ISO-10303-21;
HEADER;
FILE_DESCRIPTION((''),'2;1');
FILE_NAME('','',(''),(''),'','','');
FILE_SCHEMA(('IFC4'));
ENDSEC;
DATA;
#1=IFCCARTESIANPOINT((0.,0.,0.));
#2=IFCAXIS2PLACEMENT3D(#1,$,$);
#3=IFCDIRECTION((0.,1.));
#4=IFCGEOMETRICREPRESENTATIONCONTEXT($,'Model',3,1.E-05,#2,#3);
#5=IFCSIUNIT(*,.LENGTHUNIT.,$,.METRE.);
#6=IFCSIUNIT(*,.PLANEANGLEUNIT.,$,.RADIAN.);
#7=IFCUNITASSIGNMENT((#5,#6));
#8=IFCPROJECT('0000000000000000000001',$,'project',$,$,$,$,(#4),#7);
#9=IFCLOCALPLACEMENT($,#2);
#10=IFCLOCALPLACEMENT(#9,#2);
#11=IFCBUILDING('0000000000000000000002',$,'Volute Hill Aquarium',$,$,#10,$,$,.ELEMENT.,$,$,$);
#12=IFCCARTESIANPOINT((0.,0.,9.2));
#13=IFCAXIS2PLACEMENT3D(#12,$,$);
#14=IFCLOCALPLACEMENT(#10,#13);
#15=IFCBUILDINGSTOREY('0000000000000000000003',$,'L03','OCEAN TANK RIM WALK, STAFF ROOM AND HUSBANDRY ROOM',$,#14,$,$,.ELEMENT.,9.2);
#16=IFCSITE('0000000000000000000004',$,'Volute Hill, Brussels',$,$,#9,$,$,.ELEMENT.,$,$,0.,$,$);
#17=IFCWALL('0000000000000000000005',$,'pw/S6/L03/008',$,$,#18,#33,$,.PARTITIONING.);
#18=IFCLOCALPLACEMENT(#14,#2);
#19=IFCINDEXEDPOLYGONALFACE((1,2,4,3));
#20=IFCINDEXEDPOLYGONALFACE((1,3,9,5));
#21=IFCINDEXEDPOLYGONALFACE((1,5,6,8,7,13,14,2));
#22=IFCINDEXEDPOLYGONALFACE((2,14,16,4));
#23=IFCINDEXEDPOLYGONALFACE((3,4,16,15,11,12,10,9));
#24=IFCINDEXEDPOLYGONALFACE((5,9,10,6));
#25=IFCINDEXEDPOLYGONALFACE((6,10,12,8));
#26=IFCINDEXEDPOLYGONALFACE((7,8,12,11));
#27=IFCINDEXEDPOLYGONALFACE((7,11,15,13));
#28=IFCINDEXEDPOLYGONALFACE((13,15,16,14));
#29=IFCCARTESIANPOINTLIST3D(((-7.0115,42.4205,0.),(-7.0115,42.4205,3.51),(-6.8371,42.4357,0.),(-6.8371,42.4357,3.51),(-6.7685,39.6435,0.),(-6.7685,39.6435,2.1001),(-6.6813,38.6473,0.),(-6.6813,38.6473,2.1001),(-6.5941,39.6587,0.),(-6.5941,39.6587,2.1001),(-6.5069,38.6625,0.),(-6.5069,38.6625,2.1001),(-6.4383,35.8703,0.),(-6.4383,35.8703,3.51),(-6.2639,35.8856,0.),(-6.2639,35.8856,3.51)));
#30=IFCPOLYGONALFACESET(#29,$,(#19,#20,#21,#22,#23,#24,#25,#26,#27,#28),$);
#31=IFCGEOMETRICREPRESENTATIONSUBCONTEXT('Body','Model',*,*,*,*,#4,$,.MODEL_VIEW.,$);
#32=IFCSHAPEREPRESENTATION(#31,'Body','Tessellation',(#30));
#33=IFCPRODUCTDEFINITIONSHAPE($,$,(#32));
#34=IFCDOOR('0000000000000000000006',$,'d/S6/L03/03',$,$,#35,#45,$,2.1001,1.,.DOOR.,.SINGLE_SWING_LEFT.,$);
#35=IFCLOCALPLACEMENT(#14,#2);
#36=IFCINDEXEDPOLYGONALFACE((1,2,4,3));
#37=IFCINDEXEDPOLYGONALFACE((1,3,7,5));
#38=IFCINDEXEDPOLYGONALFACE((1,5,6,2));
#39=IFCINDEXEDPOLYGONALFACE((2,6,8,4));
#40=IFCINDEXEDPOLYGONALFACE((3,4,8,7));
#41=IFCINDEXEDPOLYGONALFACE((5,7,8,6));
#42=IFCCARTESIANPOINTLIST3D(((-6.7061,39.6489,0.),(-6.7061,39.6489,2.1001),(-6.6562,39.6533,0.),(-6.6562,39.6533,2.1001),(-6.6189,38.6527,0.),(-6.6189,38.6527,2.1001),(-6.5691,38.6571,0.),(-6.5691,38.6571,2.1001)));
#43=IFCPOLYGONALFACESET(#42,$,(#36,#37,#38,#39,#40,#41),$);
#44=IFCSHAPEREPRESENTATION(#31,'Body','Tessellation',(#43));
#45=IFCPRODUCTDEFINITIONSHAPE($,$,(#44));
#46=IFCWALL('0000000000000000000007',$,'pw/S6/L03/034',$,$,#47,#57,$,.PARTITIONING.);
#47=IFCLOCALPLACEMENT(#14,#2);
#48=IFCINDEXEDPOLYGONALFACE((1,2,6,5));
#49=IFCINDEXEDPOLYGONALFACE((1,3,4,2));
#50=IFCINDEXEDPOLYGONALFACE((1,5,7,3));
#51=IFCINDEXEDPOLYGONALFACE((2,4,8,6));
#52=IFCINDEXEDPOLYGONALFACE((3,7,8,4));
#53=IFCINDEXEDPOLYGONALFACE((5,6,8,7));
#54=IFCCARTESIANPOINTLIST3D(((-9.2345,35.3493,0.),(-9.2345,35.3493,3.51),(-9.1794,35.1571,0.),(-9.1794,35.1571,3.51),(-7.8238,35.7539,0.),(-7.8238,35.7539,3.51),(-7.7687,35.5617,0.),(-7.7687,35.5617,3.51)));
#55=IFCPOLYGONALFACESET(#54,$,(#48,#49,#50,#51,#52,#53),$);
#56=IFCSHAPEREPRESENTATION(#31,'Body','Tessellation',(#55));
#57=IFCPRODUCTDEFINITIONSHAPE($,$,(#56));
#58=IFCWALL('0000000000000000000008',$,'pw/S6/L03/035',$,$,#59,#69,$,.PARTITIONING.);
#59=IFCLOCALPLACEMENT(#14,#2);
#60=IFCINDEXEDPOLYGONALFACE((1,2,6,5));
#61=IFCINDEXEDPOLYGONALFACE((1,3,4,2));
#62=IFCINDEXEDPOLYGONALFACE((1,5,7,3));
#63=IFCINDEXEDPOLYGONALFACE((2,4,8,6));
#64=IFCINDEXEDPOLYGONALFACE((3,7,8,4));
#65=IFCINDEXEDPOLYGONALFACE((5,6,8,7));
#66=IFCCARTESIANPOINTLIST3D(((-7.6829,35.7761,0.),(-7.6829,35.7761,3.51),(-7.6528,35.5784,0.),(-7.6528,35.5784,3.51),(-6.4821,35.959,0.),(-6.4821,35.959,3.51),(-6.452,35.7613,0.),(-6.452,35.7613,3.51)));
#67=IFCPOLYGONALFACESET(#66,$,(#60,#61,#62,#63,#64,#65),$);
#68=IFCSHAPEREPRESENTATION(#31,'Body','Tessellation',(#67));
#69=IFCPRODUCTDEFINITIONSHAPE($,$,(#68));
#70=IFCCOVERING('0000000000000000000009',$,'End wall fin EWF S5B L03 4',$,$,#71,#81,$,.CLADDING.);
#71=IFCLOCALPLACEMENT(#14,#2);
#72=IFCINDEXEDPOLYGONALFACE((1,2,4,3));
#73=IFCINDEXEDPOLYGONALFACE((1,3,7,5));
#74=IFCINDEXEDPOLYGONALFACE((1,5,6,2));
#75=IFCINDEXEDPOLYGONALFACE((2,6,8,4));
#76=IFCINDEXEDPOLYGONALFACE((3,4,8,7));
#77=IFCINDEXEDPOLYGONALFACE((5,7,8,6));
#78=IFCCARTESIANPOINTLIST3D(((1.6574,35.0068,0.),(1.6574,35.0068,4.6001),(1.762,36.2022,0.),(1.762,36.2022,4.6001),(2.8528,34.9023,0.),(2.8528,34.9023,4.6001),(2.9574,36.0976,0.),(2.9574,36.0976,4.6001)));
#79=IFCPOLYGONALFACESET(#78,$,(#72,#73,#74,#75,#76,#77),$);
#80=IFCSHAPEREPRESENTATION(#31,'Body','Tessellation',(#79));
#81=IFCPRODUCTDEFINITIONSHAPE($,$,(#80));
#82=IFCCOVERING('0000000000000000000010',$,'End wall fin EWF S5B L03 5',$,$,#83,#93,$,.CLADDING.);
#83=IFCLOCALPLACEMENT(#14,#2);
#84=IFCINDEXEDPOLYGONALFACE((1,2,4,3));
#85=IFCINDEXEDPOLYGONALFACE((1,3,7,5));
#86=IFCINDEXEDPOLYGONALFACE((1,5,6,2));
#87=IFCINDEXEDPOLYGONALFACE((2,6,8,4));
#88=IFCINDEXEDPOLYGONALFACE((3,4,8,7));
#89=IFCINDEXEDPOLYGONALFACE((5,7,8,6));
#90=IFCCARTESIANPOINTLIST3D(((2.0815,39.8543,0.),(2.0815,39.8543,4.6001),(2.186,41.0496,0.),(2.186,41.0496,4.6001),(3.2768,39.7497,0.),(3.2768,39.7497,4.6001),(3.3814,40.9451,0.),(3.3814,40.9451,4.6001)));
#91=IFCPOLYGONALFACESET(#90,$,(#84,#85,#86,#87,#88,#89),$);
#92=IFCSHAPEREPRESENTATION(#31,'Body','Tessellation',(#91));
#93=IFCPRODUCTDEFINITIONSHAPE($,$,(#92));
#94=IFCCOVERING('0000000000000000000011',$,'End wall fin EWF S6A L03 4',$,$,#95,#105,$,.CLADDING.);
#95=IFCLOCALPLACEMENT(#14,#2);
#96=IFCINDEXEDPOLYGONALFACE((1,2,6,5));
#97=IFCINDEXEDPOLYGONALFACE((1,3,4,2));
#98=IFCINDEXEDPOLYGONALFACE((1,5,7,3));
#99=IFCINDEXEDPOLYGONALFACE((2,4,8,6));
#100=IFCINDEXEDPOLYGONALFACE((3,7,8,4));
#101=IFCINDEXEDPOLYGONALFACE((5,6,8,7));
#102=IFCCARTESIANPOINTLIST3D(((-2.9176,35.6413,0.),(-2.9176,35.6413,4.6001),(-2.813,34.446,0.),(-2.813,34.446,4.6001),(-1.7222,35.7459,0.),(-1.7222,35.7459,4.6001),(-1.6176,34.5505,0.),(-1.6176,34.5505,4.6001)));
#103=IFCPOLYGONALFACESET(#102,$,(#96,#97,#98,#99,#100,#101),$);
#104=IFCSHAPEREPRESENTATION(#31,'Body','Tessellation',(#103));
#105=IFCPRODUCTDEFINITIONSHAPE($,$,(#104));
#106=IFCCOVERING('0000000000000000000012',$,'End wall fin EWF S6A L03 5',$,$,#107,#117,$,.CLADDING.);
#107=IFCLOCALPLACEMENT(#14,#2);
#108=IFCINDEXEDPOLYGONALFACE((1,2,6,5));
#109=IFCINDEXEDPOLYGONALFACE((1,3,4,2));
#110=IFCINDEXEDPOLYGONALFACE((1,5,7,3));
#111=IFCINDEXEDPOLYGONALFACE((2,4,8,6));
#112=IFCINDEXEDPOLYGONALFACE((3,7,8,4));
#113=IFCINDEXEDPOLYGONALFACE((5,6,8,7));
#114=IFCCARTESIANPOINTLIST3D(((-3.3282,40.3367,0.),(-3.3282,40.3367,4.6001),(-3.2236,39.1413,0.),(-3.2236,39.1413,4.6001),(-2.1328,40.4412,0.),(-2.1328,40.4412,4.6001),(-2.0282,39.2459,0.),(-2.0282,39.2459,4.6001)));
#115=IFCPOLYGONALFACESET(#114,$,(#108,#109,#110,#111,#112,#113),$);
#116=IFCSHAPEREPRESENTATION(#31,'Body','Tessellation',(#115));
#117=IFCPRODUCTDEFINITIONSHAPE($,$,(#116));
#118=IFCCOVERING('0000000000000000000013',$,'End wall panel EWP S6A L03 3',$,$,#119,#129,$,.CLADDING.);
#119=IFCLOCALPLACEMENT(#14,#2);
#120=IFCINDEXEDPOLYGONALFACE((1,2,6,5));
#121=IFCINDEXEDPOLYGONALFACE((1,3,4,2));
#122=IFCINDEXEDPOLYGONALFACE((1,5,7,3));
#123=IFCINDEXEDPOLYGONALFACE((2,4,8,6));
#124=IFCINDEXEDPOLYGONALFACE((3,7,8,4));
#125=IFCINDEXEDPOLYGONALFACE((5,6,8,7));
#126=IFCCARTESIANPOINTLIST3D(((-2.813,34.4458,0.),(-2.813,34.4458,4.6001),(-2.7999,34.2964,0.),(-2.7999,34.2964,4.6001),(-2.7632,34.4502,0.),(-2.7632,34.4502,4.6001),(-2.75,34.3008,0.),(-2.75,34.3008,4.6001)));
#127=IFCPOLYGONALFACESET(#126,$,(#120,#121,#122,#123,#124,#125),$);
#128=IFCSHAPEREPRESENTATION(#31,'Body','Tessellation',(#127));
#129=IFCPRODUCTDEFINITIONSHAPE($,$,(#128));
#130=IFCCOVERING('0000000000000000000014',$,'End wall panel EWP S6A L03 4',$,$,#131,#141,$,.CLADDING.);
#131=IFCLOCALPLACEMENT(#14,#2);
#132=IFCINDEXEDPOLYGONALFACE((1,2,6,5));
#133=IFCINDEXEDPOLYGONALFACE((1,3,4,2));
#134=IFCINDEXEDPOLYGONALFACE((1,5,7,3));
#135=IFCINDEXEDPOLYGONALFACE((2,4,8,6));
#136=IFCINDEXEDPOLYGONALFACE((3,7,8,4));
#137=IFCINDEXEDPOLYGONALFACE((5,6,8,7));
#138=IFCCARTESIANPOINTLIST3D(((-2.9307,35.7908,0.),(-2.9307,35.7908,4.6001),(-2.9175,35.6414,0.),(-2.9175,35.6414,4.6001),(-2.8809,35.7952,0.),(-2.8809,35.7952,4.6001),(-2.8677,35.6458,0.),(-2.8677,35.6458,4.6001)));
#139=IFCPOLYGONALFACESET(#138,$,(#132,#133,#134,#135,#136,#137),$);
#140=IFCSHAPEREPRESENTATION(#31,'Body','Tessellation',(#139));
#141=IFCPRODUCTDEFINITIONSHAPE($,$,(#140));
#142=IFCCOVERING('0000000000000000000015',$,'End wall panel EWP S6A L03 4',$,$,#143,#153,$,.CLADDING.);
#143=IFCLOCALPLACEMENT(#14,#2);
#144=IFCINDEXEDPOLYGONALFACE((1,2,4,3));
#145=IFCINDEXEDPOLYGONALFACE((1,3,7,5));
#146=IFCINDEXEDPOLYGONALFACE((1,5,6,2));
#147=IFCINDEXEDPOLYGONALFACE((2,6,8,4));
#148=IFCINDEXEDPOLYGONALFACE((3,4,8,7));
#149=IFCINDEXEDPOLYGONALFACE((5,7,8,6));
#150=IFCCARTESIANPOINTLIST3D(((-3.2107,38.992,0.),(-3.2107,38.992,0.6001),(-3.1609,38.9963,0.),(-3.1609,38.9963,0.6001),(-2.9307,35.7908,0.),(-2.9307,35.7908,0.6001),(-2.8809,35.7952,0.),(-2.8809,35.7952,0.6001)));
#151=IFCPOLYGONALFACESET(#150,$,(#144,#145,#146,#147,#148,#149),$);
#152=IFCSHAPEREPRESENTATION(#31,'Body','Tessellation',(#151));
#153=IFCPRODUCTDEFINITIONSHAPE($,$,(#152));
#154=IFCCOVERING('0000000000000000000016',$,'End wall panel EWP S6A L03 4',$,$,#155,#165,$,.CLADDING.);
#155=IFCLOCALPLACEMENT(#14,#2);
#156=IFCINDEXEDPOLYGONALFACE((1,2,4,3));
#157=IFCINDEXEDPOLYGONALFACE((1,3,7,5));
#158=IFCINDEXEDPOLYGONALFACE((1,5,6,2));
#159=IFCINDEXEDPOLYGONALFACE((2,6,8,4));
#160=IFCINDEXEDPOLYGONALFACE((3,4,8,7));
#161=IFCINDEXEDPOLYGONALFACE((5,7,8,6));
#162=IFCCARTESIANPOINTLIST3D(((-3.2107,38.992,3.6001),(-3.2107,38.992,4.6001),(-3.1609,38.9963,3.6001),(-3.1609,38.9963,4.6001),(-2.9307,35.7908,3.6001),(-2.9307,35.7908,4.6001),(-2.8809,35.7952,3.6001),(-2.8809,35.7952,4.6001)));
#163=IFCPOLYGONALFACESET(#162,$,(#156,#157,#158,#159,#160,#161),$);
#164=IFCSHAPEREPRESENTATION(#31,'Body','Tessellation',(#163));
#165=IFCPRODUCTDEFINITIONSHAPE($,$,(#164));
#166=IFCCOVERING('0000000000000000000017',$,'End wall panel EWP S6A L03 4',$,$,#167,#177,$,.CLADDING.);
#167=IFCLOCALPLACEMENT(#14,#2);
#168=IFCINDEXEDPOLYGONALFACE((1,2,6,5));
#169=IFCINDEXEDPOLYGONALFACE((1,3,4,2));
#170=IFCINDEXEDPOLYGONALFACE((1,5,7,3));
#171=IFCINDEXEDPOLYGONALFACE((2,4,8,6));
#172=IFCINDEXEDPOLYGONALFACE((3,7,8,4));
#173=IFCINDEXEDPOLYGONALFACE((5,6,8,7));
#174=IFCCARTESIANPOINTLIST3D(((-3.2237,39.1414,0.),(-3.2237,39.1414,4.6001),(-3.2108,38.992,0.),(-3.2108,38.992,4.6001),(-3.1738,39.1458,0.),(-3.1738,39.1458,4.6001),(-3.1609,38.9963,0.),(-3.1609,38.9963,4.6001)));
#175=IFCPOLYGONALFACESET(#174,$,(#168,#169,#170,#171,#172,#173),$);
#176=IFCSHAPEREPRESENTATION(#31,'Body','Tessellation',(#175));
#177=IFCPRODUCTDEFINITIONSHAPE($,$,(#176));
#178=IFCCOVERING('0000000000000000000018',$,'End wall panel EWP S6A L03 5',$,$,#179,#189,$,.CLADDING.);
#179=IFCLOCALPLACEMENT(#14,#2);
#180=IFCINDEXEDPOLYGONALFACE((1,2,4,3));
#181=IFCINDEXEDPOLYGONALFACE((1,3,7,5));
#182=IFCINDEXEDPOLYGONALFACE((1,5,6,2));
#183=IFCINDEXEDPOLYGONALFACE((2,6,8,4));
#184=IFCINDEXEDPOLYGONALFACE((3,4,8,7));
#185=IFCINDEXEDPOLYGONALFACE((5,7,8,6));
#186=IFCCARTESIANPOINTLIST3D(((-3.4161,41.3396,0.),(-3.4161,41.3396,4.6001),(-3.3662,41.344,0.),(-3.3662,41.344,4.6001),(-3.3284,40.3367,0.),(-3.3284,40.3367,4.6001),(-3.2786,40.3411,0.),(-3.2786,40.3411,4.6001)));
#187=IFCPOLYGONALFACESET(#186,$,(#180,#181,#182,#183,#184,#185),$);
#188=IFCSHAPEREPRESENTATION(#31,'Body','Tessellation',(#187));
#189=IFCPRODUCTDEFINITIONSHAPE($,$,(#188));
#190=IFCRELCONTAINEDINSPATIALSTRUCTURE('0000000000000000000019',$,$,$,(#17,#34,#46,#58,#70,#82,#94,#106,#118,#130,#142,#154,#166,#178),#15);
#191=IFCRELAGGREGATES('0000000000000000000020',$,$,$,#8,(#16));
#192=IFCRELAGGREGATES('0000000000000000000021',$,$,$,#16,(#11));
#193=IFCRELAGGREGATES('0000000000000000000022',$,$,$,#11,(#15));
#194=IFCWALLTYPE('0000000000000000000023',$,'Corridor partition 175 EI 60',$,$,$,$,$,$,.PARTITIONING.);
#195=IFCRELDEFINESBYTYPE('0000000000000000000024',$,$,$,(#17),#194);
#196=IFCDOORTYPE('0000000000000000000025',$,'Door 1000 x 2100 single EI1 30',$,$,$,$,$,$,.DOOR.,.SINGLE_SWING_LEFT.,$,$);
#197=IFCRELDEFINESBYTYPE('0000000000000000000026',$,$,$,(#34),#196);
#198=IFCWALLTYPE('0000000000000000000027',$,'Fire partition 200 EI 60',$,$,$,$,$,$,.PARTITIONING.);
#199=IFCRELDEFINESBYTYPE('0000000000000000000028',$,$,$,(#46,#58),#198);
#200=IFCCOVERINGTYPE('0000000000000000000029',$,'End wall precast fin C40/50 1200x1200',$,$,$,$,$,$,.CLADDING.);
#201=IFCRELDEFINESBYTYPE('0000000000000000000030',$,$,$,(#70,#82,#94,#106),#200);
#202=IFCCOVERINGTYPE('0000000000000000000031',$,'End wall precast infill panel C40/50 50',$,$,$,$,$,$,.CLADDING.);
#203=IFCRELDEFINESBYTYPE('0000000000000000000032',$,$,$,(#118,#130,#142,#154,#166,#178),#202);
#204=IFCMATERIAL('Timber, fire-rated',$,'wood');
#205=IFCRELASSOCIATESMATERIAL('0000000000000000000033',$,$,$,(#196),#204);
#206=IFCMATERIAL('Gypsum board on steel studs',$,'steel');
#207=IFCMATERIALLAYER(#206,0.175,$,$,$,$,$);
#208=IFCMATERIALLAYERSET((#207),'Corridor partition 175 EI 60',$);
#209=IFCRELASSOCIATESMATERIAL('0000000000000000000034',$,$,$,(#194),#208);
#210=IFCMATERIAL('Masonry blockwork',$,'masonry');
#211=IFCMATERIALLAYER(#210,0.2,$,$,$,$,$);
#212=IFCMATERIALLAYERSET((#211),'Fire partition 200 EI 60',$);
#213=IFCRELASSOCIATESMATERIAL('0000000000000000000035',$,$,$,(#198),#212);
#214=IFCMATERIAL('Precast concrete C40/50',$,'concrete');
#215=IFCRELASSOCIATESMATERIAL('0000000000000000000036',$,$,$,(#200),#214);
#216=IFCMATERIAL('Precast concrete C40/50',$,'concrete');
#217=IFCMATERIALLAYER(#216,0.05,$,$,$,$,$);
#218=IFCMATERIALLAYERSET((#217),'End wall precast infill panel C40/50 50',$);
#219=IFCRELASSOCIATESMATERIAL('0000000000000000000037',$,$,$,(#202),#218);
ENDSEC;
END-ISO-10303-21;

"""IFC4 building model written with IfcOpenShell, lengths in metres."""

from ifc_helpers import new_model, si_unit, direction, frame, frame_2d, origin, origin_2d, place, context, subcontext, project, spatial, polyline, rectangle, outline, extrude, material, layer, layer_set, type_object, element, fill, save


model = new_model("IFC4")

# Units and contexts
model_context = context("Model", 3, precision=1e-05, world=origin(), true_north=direction((0.0, 1.0)))
body_context = subcontext(model_context, "Body", "Model", "MODEL_VIEW")
ifc_project = project(units=[si_unit("LENGTHUNIT", "METRE"), si_unit("PLANEANGLEUNIT", "RADIAN")], contexts=[model_context])

# Site, building, storey
site_placement = place(None, origin())
site = spatial("IfcSite", under=ifc_project, at=site_placement, Name="Volute Hill, Brussels", CompositionType="ELEMENT", RefElevation=0.0)
building_placement = place(site_placement, origin())
building = spatial("IfcBuilding", under=site, at=building_placement, Name="Volute Hill Aquarium", CompositionType="ELEMENT")
storey_placement = place(building_placement, frame((0.0, 0.0, 9.2)))
storey = spatial("IfcBuildingStorey", under=building, at=storey_placement, Name="L03", Description="OCEAN TANK RIM WALK, STAFF ROOM AND HUSBANDRY ROOM", CompositionType="ELEMENT", Elevation=9.2)

# Shared definitions
ifc_material_1 = material(Name="Timber, fire-rated", Category="wood")
door_type = type_object("IfcDoorType", Name="Door 1000 x 2100 single EI1 30", OperationType="SINGLE_SWING_LEFT", PredefinedType="DOOR", material=ifc_material_1)

# Wall, opening, door
ifc_material_2 = material(Name="Gypsum board on steel studs", Category="steel")
ifc_layer_1 = layer(ifc_material_2, 0.175)
ifc_layer_set_1 = layer_set([ifc_layer_1], Name="Corridor partition 175 EI 60")
wall_type_1 = type_object("IfcWallType", Name="Corridor partition 175 EI 60", PredefinedType="PARTITIONING", material=ifc_layer_set_1)
wall_1_placement = place(storey_placement, frame((-6.3511, 35.8779, 0.0), z_axis=(0.0, 0.0, 1.0), x_axis=(-0.087184, 0.996192, 0.0)))
wall_1 = element("IfcWall", 1, at=wall_1_placement, inside=storey, type_object=wall_type_1, Name="pw/S6/L03/008", PredefinedType="PARTITIONING", context=body_context, shape_type="SweptSolid", body=[
    extrude(rectangle(XDim=6.5752, YDim=0.175, at=frame_2d((3.2876, 0.0))), origin(), (0.0, 0.0, 1.0), 3.51),
])
opening_1_placement = place(wall_1_placement, frame((2.7876, 0.0, 0.0)))
opening_1 = element("IfcOpeningElement", 2, at=opening_1_placement, cuts=wall_1, PredefinedType="OPENING", context=body_context, shape_type="SweptSolid", body=[
    extrude(rectangle(XDim=1.0, YDim=2.1001, at=frame_2d((0.5, 1.05))), frame((0.0, 0.0974, 0.0), z_axis=(0.0, -1.0, 0.0), x_axis=(1.0, 0.0, 0.0)), (0.0, 0.0, 1.0), 0.1951),
])
door_1_placement = place(opening_1_placement, origin())
door_1 = element("IfcDoor", 3, at=door_1_placement, inside=storey, type_object=door_type, Name="d/S6/L03/03", OperationType="SINGLE_SWING_LEFT", OverallHeight=2.1001, OverallWidth=1.0, PredefinedType="DOOR", context=body_context, shape_type="SweptSolid", body=[
    extrude(rectangle(XDim=1.0, YDim=2.1001, at=frame_2d((0.5, 1.05))), frame((0.0, 0.0249, 0.0), z_axis=(0.0, -1.0, 0.0), x_axis=(1.0, 0.0, 0.0)), (0.0, 0.0, 1.0), 0.05),
])
fill(opening_1, door_1)

# Walls
ifc_material_3 = material(Name="Masonry blockwork", Category="masonry")
ifc_layer_2 = layer(ifc_material_3, 0.2)
ifc_layer_set_2 = layer_set([ifc_layer_2], Name="Fire partition 200 EI 60")
wall_type_2 = type_object("IfcWallType", Name="Fire partition 200 EI 60", PredefinedType="PARTITIONING", material=ifc_layer_set_2)
wall_2_placement = place(storey_placement, frame((-9.207, 35.2532, 0.0), z_axis=(0.0, 0.0, 1.0), x_axis=(0.961254, 0.275666, 0.0)))
element("IfcWall", 4, at=wall_2_placement, inside=storey, type_object=wall_type_2, Name="pw/S6/L03/034", PredefinedType="PARTITIONING", context=body_context, shape_type="SweptSolid", body=[
    extrude(rectangle(XDim=1.4675, YDim=0.2, at=frame_2d((0.7339, 0.0))), origin(), (0.0, 0.0, 1.0), 3.51),
])
wall_3_placement = place(storey_placement, frame((-7.668, 35.6772, 0.0), z_axis=(0.0, 0.0, 1.0), x_axis=(0.988601, 0.150562, 0.0)))
element("IfcWall", 5, at=wall_3_placement, inside=storey, type_object=wall_type_2, Name="pw/S6/L03/035", PredefinedType="PARTITIONING", context=body_context, shape_type="SweptSolid", body=[
    extrude(rectangle(XDim=1.2146, YDim=0.2, at=frame_2d((0.6074, 0.0))), origin(), (0.0, 0.0, 1.0), 3.51),
])

# Coverings
ifc_material_4 = material(Name="Precast concrete C40/50", Category="concrete")
covering_type_1 = type_object("IfcCoveringType", Name="End wall precast fin C40/50 1200x1200", PredefinedType="CLADDING", material=ifc_material_4)
for number, where, z_axis, x_axis, name in (
    (6, (2.3074, 35.5522, 0.0), (0.0, 0.0, 1.0), (0.087154, 0.996195, 0.0), "End wall fin EWF S5B L03 4"),
    (7, (2.7314, 40.3997, 0.0), (0.0, 0.0, 1.0), (0.087154, 0.996195, 0.0), "End wall fin EWF S5B L03 5"),
    (8, (-2.2676, 35.0959, 0.0), (0.0, 0.0, 1.0), (-0.087155, 0.996195, 0.0), "End wall fin EWF S6A L03 4"),
    (9, (-2.6782, 39.7913, 0.0), (0.0, 0.0, 1.0), (-0.087155, 0.996195, 0.0), "End wall fin EWF S6A L03 5"),
):
    element("IfcCovering", number, at=place(storey_placement, frame(where, z_axis=z_axis, x_axis=x_axis)), inside=storey, type_object=covering_type_1, Name=name, PredefinedType="CLADDING", context=body_context, shape_type="SweptSolid", body=[
        extrude(rectangle(XDim=1.2, YDim=1.2, at=origin_2d()), origin(), (0.0, 0.0, 1.0), 4.6001),
    ])
ifc_material_5 = material(Name="Precast concrete C40/50", Category="concrete")
ifc_layer_3 = layer(ifc_material_5, 0.05)
ifc_layer_set_3 = layer_set([ifc_layer_3], Name="End wall precast infill panel C40/50 50")
covering_type_2 = type_object("IfcCoveringType", Name="End wall precast infill panel C40/50 50", PredefinedType="CLADDING", material=ifc_layer_set_3)
for number, where, z_axis, x_axis, name in (
    (10, (-2.75, 34.3008, 0.0), (0.99613, 0.087894, 0.0), (-0.087894, 0.99613, 0.0), "End wall panel EWP S6A L03 3"),
    (11, (-2.8677, 35.6458, 0.0), (0.99613, 0.087894, 0.0), (-0.087894, 0.99613, 0.0), "End wall panel EWP S6A L03 4"),
):
    element("IfcCovering", number, at=place(storey_placement, frame(where, z_axis=z_axis, x_axis=x_axis)), inside=storey, type_object=covering_type_2, Name=name, PredefinedType="CLADDING", context=body_context, shape_type="SweptSolid", body=[
        extrude(outline(polyline([(0.0, 0.0), (0.15, 0.0), (0.15, 4.6001), (0.0, 4.6001), (0.0, 0.0)])), origin(), (0.0, 0.0, -1.0), 0.05),
    ])
covering_1_placement = place(storey_placement, frame((-2.8809, 35.7952, 0.0), z_axis=(0.996196, 0.087144, 0.0), x_axis=(-0.087144, 0.996196, 0.0)))
element("IfcCovering", 12, at=covering_1_placement, inside=storey, type_object=covering_type_2, Name="End wall panel EWP S6A L03 4", PredefinedType="CLADDING", context=body_context, shape_type="SweptSolid", body=[
    extrude(outline(polyline([(0.0, 0.0), (3.2134, 0.0), (3.2134, 0.6001), (0.0, 0.6001), (0.0, 0.0)])), origin(), (0.0, 0.0, -1.0), 0.05),
])
covering_2_placement = place(storey_placement, frame((-2.8809, 35.7952, 3.6001), z_axis=(0.996196, 0.087144, 0.0), x_axis=(-0.087144, 0.996196, 0.0)))
element("IfcCovering", 13, at=covering_2_placement, inside=storey, type_object=covering_type_2, Name="End wall panel EWP S6A L03 4", PredefinedType="CLADDING", context=body_context, shape_type="SweptSolid", body=[
    extrude(outline(polyline([(0.0, 0.0), (3.2134, 0.0), (3.2134, 1.0), (0.0, 1.0), (0.0, 0.0)])), origin(), (0.0, 0.0, -1.0), 0.05),
])
covering_3_placement = place(storey_placement, frame((-3.1609, 38.9963, 0.0), z_axis=(0.996271, 0.086278, 0.0), x_axis=(-0.086278, 0.996271, 0.0)))
element("IfcCovering", 14, at=covering_3_placement, inside=storey, type_object=covering_type_2, Name="End wall panel EWP S6A L03 4", PredefinedType="CLADDING", context=body_context, shape_type="SweptSolid", body=[
    extrude(outline(polyline([(0.0, 0.0), (0.15, 0.0), (0.15, 4.6001), (0.0, 4.6001), (0.0, 0.0)])), origin(), (0.0, 0.0, -1.0), 0.05),
])
covering_4_placement = place(storey_placement, frame((-3.2786, 40.3411, 0.0), z_axis=(0.996203, 0.087059, 0.0), x_axis=(-0.087059, 0.996203, 0.0)))
element("IfcCovering", 15, at=covering_4_placement, inside=storey, type_object=covering_type_2, Name="End wall panel EWP S6A L03 5", PredefinedType="CLADDING", context=body_context, shape_type="SweptSolid", body=[
    extrude(outline(polyline([(0.0, 0.0), (1.0068, 0.0), (1.0068, 4.6001), (0.0, 4.6001), (0.0, 0.0)])), origin(), (0.0, 0.0, -1.0), 0.05),
])

save(model, "model.ifc")
